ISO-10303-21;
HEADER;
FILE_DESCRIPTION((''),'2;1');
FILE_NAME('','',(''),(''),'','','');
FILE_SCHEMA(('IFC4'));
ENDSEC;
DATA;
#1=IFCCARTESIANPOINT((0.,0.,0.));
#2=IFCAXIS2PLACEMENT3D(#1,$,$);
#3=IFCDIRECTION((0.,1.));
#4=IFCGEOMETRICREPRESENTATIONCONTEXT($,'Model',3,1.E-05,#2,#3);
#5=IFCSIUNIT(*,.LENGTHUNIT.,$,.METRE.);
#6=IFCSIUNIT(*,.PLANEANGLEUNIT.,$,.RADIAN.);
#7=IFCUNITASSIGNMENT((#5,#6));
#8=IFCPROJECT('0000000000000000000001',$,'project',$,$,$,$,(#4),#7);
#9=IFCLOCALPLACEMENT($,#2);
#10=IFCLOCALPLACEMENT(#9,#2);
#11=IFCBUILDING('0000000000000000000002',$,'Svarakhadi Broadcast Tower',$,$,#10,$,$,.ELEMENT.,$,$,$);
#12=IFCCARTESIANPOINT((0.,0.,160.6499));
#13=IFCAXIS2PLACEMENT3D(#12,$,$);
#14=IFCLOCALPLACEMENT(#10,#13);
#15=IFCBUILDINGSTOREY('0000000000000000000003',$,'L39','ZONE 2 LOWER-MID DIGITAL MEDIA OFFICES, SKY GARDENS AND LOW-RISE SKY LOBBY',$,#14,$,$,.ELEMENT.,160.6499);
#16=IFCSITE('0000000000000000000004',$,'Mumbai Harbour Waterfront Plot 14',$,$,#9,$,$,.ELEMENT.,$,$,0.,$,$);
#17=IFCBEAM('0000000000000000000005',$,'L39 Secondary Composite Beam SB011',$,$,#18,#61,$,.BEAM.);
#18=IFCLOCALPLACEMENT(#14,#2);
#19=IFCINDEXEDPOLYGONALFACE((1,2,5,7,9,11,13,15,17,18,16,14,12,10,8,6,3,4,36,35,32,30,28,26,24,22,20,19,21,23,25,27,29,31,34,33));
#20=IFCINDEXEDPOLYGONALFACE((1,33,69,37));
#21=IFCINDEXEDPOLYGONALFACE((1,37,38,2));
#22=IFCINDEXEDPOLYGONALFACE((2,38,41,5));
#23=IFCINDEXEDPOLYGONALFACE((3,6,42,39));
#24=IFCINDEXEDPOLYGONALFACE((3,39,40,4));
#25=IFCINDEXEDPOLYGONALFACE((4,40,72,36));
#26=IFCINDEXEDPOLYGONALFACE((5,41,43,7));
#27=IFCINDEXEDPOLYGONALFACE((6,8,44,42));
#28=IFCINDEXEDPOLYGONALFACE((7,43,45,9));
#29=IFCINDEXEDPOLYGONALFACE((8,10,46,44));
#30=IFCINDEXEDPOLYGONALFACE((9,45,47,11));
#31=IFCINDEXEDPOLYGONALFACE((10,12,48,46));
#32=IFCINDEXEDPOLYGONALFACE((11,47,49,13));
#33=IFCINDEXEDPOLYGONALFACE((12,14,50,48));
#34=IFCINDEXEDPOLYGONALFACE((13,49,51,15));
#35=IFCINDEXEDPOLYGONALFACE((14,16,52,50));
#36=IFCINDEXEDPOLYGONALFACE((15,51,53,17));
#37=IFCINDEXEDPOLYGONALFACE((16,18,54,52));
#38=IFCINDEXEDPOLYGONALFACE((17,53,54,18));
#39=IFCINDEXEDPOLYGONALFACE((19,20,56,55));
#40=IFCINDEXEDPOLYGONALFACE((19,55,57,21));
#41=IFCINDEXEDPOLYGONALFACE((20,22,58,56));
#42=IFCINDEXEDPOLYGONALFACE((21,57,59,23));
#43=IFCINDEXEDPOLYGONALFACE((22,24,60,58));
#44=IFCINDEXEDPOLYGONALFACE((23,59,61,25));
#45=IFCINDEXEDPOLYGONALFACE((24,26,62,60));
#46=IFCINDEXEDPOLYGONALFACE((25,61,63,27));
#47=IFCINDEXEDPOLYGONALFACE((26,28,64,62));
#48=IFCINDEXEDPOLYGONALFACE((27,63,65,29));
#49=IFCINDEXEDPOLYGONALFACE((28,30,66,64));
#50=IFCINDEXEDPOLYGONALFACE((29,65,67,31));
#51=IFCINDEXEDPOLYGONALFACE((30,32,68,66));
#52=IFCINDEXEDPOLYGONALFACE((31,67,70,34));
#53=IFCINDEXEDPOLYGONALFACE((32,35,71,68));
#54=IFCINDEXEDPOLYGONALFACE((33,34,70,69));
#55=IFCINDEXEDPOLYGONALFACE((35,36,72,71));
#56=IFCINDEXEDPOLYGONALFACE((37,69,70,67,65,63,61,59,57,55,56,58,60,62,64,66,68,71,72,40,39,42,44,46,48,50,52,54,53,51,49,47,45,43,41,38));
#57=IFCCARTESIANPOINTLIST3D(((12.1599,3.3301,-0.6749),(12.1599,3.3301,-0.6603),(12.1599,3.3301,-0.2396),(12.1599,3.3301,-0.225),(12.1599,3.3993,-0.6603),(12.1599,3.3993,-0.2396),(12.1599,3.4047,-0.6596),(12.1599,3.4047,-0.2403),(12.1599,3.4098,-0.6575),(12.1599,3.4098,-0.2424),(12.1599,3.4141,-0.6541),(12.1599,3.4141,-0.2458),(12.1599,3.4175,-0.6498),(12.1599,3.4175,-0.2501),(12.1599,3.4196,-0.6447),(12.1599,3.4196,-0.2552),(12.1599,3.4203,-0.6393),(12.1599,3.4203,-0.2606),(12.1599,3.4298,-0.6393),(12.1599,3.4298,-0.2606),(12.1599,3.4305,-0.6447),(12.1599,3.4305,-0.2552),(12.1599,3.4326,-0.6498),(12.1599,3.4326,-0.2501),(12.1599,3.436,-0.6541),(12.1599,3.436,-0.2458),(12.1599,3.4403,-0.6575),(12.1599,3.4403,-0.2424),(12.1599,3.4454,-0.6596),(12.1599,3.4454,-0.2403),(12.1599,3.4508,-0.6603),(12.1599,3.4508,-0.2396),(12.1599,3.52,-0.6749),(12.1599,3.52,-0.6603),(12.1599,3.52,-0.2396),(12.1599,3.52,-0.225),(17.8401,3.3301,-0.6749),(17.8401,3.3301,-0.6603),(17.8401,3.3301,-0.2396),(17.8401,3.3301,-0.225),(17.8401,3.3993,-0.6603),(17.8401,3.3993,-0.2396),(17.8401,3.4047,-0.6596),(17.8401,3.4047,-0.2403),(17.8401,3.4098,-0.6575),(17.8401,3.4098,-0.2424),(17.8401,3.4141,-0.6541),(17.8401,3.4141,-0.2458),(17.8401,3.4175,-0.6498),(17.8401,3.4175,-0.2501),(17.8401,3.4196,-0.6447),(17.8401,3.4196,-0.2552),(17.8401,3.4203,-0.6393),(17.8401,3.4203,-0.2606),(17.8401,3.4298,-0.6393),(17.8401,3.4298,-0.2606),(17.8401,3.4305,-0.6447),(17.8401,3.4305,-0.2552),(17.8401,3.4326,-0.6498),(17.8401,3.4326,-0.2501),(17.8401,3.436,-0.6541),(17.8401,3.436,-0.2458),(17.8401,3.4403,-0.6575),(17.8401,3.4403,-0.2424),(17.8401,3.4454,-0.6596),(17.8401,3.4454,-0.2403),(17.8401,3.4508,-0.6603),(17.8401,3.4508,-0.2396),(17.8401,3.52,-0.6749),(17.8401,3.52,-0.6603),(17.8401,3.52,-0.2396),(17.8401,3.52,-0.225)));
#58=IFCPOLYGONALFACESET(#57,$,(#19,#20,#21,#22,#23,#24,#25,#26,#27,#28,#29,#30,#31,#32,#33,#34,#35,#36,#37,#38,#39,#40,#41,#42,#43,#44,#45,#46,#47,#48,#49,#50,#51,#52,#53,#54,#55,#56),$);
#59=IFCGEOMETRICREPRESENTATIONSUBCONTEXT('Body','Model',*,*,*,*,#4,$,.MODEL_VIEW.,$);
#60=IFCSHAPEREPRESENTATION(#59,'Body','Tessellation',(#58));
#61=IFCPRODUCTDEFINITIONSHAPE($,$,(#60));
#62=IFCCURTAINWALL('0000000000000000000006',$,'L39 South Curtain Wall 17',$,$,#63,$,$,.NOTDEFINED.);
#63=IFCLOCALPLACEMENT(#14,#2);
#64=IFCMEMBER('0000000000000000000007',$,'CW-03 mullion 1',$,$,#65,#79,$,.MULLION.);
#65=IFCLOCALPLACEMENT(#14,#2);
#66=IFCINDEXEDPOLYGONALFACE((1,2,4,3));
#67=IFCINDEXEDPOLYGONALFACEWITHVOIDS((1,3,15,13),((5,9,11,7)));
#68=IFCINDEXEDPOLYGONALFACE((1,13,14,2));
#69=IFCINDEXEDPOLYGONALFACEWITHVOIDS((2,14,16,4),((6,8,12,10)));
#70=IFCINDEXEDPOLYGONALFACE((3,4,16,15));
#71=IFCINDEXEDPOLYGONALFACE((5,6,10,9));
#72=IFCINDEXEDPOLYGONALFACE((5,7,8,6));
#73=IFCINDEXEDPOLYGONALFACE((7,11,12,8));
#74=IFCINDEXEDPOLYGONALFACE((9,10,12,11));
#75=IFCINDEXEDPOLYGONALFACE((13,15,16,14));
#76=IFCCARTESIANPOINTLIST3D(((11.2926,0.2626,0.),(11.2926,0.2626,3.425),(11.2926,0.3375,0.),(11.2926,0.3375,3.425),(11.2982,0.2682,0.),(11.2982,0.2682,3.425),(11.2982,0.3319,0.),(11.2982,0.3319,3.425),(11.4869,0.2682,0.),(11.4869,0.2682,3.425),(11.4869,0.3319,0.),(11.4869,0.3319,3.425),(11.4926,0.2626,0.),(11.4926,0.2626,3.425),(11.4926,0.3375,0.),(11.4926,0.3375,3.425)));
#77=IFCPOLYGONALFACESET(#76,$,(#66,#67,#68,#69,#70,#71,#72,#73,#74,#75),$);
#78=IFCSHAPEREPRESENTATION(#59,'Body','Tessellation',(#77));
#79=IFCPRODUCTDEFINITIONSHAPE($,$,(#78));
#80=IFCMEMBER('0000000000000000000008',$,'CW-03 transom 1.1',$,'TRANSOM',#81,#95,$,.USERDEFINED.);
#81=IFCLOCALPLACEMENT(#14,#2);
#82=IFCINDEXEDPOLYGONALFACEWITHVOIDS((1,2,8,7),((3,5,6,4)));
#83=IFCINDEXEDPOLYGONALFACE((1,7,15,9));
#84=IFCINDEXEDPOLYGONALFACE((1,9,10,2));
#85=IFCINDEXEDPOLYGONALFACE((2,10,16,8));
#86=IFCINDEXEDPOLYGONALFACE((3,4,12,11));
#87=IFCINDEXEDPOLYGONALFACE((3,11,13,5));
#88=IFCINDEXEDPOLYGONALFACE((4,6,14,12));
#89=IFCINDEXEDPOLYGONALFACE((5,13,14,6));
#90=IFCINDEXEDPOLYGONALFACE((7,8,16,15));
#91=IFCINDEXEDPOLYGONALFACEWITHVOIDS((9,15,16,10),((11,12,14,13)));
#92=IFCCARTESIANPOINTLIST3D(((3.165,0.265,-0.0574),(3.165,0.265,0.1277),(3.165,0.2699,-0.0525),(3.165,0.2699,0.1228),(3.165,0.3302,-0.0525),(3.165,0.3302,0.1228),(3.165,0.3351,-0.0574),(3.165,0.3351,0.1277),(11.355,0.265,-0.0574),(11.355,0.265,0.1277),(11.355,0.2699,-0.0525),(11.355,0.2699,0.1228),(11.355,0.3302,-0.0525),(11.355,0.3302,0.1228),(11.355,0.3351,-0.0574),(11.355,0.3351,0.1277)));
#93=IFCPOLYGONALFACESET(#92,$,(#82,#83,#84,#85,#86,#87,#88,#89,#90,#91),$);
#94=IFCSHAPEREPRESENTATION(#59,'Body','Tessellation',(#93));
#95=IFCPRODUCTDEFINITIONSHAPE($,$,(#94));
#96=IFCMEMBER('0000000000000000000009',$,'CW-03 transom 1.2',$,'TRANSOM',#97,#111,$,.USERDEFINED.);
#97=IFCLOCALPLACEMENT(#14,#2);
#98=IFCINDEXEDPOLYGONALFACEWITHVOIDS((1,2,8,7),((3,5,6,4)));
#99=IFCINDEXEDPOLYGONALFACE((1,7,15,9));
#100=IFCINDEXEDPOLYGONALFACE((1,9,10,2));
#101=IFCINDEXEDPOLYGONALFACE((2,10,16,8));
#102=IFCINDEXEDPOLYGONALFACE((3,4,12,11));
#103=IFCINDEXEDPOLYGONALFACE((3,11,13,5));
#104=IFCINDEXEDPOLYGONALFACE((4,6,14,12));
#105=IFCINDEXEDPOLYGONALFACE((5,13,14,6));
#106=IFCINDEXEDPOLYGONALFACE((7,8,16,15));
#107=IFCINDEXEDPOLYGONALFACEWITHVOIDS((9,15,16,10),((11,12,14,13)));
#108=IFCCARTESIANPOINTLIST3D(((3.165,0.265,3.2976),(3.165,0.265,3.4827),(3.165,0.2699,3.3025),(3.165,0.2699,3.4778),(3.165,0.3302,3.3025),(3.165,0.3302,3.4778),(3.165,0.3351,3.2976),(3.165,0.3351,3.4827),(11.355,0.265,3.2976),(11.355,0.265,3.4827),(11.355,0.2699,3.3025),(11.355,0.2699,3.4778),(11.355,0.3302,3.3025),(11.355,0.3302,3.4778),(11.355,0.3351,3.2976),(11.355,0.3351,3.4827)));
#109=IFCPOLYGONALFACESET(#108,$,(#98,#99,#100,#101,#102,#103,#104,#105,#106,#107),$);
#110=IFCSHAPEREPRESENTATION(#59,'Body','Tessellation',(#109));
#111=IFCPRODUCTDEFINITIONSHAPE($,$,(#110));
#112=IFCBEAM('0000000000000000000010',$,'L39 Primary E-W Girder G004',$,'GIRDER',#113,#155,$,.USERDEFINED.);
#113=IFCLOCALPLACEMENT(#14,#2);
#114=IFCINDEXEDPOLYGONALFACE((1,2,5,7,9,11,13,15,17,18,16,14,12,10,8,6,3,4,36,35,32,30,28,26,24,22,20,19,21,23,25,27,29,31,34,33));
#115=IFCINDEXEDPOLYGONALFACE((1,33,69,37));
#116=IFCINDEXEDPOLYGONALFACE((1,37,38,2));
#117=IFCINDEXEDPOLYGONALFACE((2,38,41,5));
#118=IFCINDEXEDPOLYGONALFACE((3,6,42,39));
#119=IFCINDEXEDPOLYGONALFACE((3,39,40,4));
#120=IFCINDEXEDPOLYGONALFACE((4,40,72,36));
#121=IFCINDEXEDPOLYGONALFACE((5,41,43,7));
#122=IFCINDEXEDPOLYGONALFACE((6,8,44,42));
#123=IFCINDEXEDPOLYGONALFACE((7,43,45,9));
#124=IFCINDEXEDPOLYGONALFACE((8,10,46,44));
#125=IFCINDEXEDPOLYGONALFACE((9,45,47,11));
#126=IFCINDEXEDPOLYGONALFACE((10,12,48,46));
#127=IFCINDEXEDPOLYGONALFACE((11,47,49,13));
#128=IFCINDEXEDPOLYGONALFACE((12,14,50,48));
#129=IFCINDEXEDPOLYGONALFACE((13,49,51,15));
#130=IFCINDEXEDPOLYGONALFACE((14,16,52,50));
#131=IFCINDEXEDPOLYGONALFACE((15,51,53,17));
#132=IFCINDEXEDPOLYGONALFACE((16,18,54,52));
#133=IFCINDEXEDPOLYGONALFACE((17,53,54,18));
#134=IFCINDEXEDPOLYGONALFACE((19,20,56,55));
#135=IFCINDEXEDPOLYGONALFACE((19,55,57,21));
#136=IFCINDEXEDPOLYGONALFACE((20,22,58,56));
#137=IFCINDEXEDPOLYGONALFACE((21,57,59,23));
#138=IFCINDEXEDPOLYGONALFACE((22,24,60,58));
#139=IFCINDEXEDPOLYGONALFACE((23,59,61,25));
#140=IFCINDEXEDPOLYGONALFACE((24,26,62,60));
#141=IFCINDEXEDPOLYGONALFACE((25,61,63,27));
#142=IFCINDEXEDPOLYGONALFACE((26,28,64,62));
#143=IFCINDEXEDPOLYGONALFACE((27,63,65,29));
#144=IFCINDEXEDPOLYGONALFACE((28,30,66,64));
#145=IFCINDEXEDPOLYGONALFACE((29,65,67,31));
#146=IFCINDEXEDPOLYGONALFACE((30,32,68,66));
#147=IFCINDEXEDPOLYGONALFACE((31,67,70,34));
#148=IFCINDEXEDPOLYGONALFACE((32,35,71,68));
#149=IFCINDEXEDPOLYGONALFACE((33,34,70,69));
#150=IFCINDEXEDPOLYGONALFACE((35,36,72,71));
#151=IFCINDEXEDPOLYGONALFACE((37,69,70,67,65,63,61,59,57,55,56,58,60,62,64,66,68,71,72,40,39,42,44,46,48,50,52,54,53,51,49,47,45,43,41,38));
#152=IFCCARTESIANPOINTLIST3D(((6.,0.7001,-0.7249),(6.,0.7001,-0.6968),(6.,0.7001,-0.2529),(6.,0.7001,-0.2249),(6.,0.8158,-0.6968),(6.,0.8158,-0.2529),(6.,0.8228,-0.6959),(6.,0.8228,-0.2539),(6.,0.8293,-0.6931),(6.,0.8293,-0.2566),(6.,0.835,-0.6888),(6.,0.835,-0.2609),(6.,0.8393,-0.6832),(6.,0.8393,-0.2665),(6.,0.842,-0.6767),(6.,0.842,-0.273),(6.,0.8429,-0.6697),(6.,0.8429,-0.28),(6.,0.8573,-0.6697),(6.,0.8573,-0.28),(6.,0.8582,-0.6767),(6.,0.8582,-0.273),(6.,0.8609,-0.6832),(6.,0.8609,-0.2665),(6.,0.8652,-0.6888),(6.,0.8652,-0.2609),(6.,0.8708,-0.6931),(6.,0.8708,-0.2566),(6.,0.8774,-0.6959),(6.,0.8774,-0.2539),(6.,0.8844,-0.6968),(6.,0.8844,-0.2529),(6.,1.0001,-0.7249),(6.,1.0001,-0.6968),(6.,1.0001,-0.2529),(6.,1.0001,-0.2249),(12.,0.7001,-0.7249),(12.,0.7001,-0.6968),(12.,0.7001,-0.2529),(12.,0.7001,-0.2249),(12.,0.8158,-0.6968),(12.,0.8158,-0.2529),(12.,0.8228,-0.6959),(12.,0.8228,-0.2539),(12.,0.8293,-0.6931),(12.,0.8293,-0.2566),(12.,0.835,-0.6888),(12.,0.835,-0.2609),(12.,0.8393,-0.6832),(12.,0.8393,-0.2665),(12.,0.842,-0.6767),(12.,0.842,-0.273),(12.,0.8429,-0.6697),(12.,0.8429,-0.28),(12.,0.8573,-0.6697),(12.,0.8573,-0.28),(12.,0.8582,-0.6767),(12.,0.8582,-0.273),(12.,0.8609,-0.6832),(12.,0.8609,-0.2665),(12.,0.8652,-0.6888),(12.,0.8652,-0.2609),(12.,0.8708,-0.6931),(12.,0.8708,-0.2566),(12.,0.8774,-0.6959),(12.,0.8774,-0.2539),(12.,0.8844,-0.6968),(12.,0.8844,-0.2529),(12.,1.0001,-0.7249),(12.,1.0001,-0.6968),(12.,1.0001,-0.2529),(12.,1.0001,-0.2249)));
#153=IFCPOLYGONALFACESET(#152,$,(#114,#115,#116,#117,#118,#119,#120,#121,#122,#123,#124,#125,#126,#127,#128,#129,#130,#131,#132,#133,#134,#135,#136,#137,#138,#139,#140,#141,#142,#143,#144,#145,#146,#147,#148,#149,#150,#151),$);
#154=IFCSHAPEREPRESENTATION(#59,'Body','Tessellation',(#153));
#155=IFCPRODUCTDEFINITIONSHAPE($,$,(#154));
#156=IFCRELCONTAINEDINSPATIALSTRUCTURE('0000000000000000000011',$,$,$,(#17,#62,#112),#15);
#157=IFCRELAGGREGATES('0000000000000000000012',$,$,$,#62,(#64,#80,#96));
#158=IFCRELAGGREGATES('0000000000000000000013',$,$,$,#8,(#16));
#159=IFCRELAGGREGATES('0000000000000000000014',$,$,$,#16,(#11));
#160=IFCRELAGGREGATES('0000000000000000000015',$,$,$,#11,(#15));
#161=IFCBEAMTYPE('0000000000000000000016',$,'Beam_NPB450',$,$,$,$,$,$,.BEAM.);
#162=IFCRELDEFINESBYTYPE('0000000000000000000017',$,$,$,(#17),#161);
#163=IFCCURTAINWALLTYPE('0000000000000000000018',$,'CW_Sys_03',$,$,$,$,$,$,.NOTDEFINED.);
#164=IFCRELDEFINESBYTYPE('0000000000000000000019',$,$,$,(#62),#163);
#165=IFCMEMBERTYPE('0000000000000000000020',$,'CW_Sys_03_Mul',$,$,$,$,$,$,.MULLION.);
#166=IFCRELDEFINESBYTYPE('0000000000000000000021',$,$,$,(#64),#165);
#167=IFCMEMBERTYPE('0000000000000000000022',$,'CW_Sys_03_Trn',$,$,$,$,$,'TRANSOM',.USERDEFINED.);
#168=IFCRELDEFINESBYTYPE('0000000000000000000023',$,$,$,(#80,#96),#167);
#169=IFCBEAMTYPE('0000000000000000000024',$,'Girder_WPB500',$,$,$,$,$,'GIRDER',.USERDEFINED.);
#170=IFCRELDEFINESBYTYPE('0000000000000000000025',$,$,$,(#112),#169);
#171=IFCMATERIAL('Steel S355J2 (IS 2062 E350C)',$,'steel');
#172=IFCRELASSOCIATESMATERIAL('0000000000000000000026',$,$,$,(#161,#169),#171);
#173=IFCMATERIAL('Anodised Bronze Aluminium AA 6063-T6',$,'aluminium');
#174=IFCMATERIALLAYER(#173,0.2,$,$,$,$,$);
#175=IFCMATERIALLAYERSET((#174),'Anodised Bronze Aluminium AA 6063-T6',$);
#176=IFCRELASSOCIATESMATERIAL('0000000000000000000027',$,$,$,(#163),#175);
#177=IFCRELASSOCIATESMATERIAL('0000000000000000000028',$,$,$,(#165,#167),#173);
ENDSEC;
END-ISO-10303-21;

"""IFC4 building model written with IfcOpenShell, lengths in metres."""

from ifc_helpers import new_model, si_unit, direction, frame, origin, origin_2d, place, context, subcontext, project, spatial, hollow_rectangle, i_section, extrude, material, layer, layer_set, material_profile, profile_set, type_object, element, aggregate, save


model = new_model("IFC4")

# Units and contexts
model_context = context("Model", 3, precision=1e-05, world=origin(), true_north=direction((0.0, 1.0)))
body_context = subcontext(model_context, "Body", "Model", "MODEL_VIEW")
ifc_project = project(units=[si_unit("LENGTHUNIT", "METRE"), si_unit("PLANEANGLEUNIT", "RADIAN")], contexts=[model_context])

# Site, building, storey
site_placement = place(None, origin())
site = spatial("IfcSite", under=ifc_project, at=site_placement, Name="Mumbai Harbour Waterfront Plot 14", CompositionType="ELEMENT", RefElevation=0.0)
building_placement = place(site_placement, origin())
building = spatial("IfcBuilding", under=site, at=building_placement, Name="Svarakhadi Broadcast Tower", CompositionType="ELEMENT")
storey_placement = place(building_placement, frame((0.0, 0.0, 160.6499)))
storey = spatial("IfcBuildingStorey", under=building, at=storey_placement, Name="L39", Description="ZONE 2 LOWER-MID DIGITAL MEDIA OFFICES, SKY GARDENS AND LOW-RISE SKY LOBBY", CompositionType="ELEMENT", Elevation=160.6499)

# Beam
ifc_material_1 = material(Name="Steel S355J2 (IS 2062 E350C)", Category="steel")
ifc_material_profile_1 = material_profile(ifc_material_1, i_section(OverallWidth=0.1899, OverallDepth=0.45, WebThickness=0.0095, FlangeThickness=0.0146, FilletRadius=0.021, at=origin_2d()), Name="NPB 450x190x78")
ifc_profile_set_1 = profile_set([ifc_material_profile_1], Name="Steel S355J2 (IS 2062 E350C)")
beam_type_1 = type_object("IfcBeamType", Name="Beam_NPB450", PredefinedType="BEAM", material=ifc_profile_set_1)
for number, where, z_axis, x_axis, name in (
    (1, (12.1599, 3.425, -0.45), (1.0, 0.0, 0.0), (0.0, 1.0, 0.0), "L39 Secondary Composite Beam SB011"),
):
    element("IfcBeam", number, at=place(storey_placement, frame(where, z_axis=z_axis, x_axis=x_axis)), inside=storey, type_object=beam_type_1, Name=name, PredefinedType="BEAM", context=body_context, shape_type="SweptSolid", body=[
        extrude(i_section(OverallWidth=0.1899, OverallDepth=0.45, WebThickness=0.0095, FlangeThickness=0.0146, FilletRadius=0.021, at=origin_2d()), origin(), (0.0, 0.0, 1.0), 5.6802),
    ])

# Curtain wall, members
ifc_material_2 = material(Name="Anodised Bronze Aluminium AA 6063-T6", Category="aluminium")
ifc_layer_1 = layer(ifc_material_2, 0.2)
ifc_layer_set_1 = layer_set([ifc_layer_1], Name="Anodised Bronze Aluminium AA 6063-T6")
curtain_wall_type = type_object("IfcCurtainWallType", Name="CW_Sys_03", PredefinedType="NOTDEFINED", material=ifc_layer_set_1)
curtain_wall_placement = place(storey_placement, origin())
curtain_wall = element("IfcCurtainWall", 2, at=curtain_wall_placement, inside=storey, type_object=curtain_wall_type, Name="L39 South Curtain Wall 17", PredefinedType="NOTDEFINED")
ifc_material_profile_2 = material_profile(ifc_material_2, hollow_rectangle(XDim=0.075, YDim=0.2, WallThickness=0.0056, at=origin_2d()), Name="ALU MULLION 200x75x6")
ifc_profile_set_2 = profile_set([ifc_material_profile_2], Name="Anodised Bronze Aluminium AA 6063-T6")
member_type_1 = type_object("IfcMemberType", Name="CW_Sys_03_Mul", PredefinedType="MULLION", material=ifc_profile_set_2)
member_1_placement = place(storey_placement, frame((11.3926, 0.3, 0.0), z_axis=(0.0, 0.0, 1.0), x_axis=(0.0, -1.0, 0.0)))
member_1 = element("IfcMember", 3, at=member_1_placement, type_object=member_type_1, Name="CW-03 mullion 1", PredefinedType="MULLION", context=body_context, shape_type="SweptSolid", body=[
    extrude(hollow_rectangle(XDim=0.075, YDim=0.2, WallThickness=0.0056, at=origin_2d()), origin(), (0.0, 0.0, 1.0), 3.425),
])
ifc_material_profile_3 = material_profile(ifc_material_2, hollow_rectangle(XDim=0.0701, YDim=0.1851, WallThickness=0.0049, at=origin_2d()), Name="ALU TRANSOM 185x70x5")
ifc_profile_set_3 = profile_set([ifc_material_profile_3], Name="Anodised Bronze Aluminium AA 6063-T6")
member_type_2 = type_object("IfcMemberType", Name="CW_Sys_03_Trn", ElementType="TRANSOM", PredefinedType="USERDEFINED", material=ifc_profile_set_3)
member_2_placement = place(storey_placement, frame((11.355, 0.3, 0.0352), z_axis=(-1.0, 0.0, 0.0), x_axis=(0.0, -1.0, 0.0)))
member_2 = element("IfcMember", 4, at=member_2_placement, type_object=member_type_2, Name="CW-03 transom 1.1", ObjectType="TRANSOM", PredefinedType="USERDEFINED", context=body_context, shape_type="SweptSolid", body=[
    extrude(hollow_rectangle(XDim=0.0701, YDim=0.1851, WallThickness=0.0049, at=origin_2d()), origin(), (0.0, 0.0, 1.0), 8.1899),
])
member_3_placement = place(storey_placement, frame((11.355, 0.3, 3.3901), z_axis=(-1.0, 0.0, 0.0), x_axis=(0.0, -1.0, 0.0)))
member_3 = element("IfcMember", 5, at=member_3_placement, type_object=member_type_2, Name="CW-03 transom 1.2", ObjectType="TRANSOM", PredefinedType="USERDEFINED", context=body_context, shape_type="SweptSolid", body=[
    extrude(hollow_rectangle(XDim=0.0701, YDim=0.1851, WallThickness=0.0049, at=origin_2d()), origin(), (0.0, 0.0, 1.0), 8.1899),
])

# Beam
ifc_material_profile_4 = material_profile(ifc_material_1, i_section(OverallWidth=0.3, OverallDepth=0.5, WebThickness=0.0144, FlangeThickness=0.0281, FilletRadius=0.0271, at=origin_2d()), Name="WPB 500x300x187")
ifc_profile_set_4 = profile_set([ifc_material_profile_4], Name="Steel S355J2 (IS 2062 E350C)")
beam_type_2 = type_object("IfcBeamType", Name="Girder_WPB500", ElementType="GIRDER", PredefinedType="USERDEFINED", material=ifc_profile_set_4)
for number, where, z_axis, x_axis, name in (
    (6, (6.0, 0.8501, -0.4749), (1.0, 0.0, 0.0), (0.0, 1.0, 0.0), "L39 Primary E-W Girder G004"),
):
    element("IfcBeam", number, at=place(storey_placement, frame(where, z_axis=z_axis, x_axis=x_axis)), inside=storey, type_object=beam_type_2, Name=name, ObjectType="GIRDER", PredefinedType="USERDEFINED", context=body_context, shape_type="SweptSolid", body=[
        extrude(i_section(OverallWidth=0.3, OverallDepth=0.5, WebThickness=0.0144, FlangeThickness=0.0281, FilletRadius=0.0271, at=origin_2d()), origin(), (0.0, 0.0, 1.0), 6.0),
    ])

aggregate(curtain_wall, [member_1, member_2, member_3])

save(model, "model.ifc")
